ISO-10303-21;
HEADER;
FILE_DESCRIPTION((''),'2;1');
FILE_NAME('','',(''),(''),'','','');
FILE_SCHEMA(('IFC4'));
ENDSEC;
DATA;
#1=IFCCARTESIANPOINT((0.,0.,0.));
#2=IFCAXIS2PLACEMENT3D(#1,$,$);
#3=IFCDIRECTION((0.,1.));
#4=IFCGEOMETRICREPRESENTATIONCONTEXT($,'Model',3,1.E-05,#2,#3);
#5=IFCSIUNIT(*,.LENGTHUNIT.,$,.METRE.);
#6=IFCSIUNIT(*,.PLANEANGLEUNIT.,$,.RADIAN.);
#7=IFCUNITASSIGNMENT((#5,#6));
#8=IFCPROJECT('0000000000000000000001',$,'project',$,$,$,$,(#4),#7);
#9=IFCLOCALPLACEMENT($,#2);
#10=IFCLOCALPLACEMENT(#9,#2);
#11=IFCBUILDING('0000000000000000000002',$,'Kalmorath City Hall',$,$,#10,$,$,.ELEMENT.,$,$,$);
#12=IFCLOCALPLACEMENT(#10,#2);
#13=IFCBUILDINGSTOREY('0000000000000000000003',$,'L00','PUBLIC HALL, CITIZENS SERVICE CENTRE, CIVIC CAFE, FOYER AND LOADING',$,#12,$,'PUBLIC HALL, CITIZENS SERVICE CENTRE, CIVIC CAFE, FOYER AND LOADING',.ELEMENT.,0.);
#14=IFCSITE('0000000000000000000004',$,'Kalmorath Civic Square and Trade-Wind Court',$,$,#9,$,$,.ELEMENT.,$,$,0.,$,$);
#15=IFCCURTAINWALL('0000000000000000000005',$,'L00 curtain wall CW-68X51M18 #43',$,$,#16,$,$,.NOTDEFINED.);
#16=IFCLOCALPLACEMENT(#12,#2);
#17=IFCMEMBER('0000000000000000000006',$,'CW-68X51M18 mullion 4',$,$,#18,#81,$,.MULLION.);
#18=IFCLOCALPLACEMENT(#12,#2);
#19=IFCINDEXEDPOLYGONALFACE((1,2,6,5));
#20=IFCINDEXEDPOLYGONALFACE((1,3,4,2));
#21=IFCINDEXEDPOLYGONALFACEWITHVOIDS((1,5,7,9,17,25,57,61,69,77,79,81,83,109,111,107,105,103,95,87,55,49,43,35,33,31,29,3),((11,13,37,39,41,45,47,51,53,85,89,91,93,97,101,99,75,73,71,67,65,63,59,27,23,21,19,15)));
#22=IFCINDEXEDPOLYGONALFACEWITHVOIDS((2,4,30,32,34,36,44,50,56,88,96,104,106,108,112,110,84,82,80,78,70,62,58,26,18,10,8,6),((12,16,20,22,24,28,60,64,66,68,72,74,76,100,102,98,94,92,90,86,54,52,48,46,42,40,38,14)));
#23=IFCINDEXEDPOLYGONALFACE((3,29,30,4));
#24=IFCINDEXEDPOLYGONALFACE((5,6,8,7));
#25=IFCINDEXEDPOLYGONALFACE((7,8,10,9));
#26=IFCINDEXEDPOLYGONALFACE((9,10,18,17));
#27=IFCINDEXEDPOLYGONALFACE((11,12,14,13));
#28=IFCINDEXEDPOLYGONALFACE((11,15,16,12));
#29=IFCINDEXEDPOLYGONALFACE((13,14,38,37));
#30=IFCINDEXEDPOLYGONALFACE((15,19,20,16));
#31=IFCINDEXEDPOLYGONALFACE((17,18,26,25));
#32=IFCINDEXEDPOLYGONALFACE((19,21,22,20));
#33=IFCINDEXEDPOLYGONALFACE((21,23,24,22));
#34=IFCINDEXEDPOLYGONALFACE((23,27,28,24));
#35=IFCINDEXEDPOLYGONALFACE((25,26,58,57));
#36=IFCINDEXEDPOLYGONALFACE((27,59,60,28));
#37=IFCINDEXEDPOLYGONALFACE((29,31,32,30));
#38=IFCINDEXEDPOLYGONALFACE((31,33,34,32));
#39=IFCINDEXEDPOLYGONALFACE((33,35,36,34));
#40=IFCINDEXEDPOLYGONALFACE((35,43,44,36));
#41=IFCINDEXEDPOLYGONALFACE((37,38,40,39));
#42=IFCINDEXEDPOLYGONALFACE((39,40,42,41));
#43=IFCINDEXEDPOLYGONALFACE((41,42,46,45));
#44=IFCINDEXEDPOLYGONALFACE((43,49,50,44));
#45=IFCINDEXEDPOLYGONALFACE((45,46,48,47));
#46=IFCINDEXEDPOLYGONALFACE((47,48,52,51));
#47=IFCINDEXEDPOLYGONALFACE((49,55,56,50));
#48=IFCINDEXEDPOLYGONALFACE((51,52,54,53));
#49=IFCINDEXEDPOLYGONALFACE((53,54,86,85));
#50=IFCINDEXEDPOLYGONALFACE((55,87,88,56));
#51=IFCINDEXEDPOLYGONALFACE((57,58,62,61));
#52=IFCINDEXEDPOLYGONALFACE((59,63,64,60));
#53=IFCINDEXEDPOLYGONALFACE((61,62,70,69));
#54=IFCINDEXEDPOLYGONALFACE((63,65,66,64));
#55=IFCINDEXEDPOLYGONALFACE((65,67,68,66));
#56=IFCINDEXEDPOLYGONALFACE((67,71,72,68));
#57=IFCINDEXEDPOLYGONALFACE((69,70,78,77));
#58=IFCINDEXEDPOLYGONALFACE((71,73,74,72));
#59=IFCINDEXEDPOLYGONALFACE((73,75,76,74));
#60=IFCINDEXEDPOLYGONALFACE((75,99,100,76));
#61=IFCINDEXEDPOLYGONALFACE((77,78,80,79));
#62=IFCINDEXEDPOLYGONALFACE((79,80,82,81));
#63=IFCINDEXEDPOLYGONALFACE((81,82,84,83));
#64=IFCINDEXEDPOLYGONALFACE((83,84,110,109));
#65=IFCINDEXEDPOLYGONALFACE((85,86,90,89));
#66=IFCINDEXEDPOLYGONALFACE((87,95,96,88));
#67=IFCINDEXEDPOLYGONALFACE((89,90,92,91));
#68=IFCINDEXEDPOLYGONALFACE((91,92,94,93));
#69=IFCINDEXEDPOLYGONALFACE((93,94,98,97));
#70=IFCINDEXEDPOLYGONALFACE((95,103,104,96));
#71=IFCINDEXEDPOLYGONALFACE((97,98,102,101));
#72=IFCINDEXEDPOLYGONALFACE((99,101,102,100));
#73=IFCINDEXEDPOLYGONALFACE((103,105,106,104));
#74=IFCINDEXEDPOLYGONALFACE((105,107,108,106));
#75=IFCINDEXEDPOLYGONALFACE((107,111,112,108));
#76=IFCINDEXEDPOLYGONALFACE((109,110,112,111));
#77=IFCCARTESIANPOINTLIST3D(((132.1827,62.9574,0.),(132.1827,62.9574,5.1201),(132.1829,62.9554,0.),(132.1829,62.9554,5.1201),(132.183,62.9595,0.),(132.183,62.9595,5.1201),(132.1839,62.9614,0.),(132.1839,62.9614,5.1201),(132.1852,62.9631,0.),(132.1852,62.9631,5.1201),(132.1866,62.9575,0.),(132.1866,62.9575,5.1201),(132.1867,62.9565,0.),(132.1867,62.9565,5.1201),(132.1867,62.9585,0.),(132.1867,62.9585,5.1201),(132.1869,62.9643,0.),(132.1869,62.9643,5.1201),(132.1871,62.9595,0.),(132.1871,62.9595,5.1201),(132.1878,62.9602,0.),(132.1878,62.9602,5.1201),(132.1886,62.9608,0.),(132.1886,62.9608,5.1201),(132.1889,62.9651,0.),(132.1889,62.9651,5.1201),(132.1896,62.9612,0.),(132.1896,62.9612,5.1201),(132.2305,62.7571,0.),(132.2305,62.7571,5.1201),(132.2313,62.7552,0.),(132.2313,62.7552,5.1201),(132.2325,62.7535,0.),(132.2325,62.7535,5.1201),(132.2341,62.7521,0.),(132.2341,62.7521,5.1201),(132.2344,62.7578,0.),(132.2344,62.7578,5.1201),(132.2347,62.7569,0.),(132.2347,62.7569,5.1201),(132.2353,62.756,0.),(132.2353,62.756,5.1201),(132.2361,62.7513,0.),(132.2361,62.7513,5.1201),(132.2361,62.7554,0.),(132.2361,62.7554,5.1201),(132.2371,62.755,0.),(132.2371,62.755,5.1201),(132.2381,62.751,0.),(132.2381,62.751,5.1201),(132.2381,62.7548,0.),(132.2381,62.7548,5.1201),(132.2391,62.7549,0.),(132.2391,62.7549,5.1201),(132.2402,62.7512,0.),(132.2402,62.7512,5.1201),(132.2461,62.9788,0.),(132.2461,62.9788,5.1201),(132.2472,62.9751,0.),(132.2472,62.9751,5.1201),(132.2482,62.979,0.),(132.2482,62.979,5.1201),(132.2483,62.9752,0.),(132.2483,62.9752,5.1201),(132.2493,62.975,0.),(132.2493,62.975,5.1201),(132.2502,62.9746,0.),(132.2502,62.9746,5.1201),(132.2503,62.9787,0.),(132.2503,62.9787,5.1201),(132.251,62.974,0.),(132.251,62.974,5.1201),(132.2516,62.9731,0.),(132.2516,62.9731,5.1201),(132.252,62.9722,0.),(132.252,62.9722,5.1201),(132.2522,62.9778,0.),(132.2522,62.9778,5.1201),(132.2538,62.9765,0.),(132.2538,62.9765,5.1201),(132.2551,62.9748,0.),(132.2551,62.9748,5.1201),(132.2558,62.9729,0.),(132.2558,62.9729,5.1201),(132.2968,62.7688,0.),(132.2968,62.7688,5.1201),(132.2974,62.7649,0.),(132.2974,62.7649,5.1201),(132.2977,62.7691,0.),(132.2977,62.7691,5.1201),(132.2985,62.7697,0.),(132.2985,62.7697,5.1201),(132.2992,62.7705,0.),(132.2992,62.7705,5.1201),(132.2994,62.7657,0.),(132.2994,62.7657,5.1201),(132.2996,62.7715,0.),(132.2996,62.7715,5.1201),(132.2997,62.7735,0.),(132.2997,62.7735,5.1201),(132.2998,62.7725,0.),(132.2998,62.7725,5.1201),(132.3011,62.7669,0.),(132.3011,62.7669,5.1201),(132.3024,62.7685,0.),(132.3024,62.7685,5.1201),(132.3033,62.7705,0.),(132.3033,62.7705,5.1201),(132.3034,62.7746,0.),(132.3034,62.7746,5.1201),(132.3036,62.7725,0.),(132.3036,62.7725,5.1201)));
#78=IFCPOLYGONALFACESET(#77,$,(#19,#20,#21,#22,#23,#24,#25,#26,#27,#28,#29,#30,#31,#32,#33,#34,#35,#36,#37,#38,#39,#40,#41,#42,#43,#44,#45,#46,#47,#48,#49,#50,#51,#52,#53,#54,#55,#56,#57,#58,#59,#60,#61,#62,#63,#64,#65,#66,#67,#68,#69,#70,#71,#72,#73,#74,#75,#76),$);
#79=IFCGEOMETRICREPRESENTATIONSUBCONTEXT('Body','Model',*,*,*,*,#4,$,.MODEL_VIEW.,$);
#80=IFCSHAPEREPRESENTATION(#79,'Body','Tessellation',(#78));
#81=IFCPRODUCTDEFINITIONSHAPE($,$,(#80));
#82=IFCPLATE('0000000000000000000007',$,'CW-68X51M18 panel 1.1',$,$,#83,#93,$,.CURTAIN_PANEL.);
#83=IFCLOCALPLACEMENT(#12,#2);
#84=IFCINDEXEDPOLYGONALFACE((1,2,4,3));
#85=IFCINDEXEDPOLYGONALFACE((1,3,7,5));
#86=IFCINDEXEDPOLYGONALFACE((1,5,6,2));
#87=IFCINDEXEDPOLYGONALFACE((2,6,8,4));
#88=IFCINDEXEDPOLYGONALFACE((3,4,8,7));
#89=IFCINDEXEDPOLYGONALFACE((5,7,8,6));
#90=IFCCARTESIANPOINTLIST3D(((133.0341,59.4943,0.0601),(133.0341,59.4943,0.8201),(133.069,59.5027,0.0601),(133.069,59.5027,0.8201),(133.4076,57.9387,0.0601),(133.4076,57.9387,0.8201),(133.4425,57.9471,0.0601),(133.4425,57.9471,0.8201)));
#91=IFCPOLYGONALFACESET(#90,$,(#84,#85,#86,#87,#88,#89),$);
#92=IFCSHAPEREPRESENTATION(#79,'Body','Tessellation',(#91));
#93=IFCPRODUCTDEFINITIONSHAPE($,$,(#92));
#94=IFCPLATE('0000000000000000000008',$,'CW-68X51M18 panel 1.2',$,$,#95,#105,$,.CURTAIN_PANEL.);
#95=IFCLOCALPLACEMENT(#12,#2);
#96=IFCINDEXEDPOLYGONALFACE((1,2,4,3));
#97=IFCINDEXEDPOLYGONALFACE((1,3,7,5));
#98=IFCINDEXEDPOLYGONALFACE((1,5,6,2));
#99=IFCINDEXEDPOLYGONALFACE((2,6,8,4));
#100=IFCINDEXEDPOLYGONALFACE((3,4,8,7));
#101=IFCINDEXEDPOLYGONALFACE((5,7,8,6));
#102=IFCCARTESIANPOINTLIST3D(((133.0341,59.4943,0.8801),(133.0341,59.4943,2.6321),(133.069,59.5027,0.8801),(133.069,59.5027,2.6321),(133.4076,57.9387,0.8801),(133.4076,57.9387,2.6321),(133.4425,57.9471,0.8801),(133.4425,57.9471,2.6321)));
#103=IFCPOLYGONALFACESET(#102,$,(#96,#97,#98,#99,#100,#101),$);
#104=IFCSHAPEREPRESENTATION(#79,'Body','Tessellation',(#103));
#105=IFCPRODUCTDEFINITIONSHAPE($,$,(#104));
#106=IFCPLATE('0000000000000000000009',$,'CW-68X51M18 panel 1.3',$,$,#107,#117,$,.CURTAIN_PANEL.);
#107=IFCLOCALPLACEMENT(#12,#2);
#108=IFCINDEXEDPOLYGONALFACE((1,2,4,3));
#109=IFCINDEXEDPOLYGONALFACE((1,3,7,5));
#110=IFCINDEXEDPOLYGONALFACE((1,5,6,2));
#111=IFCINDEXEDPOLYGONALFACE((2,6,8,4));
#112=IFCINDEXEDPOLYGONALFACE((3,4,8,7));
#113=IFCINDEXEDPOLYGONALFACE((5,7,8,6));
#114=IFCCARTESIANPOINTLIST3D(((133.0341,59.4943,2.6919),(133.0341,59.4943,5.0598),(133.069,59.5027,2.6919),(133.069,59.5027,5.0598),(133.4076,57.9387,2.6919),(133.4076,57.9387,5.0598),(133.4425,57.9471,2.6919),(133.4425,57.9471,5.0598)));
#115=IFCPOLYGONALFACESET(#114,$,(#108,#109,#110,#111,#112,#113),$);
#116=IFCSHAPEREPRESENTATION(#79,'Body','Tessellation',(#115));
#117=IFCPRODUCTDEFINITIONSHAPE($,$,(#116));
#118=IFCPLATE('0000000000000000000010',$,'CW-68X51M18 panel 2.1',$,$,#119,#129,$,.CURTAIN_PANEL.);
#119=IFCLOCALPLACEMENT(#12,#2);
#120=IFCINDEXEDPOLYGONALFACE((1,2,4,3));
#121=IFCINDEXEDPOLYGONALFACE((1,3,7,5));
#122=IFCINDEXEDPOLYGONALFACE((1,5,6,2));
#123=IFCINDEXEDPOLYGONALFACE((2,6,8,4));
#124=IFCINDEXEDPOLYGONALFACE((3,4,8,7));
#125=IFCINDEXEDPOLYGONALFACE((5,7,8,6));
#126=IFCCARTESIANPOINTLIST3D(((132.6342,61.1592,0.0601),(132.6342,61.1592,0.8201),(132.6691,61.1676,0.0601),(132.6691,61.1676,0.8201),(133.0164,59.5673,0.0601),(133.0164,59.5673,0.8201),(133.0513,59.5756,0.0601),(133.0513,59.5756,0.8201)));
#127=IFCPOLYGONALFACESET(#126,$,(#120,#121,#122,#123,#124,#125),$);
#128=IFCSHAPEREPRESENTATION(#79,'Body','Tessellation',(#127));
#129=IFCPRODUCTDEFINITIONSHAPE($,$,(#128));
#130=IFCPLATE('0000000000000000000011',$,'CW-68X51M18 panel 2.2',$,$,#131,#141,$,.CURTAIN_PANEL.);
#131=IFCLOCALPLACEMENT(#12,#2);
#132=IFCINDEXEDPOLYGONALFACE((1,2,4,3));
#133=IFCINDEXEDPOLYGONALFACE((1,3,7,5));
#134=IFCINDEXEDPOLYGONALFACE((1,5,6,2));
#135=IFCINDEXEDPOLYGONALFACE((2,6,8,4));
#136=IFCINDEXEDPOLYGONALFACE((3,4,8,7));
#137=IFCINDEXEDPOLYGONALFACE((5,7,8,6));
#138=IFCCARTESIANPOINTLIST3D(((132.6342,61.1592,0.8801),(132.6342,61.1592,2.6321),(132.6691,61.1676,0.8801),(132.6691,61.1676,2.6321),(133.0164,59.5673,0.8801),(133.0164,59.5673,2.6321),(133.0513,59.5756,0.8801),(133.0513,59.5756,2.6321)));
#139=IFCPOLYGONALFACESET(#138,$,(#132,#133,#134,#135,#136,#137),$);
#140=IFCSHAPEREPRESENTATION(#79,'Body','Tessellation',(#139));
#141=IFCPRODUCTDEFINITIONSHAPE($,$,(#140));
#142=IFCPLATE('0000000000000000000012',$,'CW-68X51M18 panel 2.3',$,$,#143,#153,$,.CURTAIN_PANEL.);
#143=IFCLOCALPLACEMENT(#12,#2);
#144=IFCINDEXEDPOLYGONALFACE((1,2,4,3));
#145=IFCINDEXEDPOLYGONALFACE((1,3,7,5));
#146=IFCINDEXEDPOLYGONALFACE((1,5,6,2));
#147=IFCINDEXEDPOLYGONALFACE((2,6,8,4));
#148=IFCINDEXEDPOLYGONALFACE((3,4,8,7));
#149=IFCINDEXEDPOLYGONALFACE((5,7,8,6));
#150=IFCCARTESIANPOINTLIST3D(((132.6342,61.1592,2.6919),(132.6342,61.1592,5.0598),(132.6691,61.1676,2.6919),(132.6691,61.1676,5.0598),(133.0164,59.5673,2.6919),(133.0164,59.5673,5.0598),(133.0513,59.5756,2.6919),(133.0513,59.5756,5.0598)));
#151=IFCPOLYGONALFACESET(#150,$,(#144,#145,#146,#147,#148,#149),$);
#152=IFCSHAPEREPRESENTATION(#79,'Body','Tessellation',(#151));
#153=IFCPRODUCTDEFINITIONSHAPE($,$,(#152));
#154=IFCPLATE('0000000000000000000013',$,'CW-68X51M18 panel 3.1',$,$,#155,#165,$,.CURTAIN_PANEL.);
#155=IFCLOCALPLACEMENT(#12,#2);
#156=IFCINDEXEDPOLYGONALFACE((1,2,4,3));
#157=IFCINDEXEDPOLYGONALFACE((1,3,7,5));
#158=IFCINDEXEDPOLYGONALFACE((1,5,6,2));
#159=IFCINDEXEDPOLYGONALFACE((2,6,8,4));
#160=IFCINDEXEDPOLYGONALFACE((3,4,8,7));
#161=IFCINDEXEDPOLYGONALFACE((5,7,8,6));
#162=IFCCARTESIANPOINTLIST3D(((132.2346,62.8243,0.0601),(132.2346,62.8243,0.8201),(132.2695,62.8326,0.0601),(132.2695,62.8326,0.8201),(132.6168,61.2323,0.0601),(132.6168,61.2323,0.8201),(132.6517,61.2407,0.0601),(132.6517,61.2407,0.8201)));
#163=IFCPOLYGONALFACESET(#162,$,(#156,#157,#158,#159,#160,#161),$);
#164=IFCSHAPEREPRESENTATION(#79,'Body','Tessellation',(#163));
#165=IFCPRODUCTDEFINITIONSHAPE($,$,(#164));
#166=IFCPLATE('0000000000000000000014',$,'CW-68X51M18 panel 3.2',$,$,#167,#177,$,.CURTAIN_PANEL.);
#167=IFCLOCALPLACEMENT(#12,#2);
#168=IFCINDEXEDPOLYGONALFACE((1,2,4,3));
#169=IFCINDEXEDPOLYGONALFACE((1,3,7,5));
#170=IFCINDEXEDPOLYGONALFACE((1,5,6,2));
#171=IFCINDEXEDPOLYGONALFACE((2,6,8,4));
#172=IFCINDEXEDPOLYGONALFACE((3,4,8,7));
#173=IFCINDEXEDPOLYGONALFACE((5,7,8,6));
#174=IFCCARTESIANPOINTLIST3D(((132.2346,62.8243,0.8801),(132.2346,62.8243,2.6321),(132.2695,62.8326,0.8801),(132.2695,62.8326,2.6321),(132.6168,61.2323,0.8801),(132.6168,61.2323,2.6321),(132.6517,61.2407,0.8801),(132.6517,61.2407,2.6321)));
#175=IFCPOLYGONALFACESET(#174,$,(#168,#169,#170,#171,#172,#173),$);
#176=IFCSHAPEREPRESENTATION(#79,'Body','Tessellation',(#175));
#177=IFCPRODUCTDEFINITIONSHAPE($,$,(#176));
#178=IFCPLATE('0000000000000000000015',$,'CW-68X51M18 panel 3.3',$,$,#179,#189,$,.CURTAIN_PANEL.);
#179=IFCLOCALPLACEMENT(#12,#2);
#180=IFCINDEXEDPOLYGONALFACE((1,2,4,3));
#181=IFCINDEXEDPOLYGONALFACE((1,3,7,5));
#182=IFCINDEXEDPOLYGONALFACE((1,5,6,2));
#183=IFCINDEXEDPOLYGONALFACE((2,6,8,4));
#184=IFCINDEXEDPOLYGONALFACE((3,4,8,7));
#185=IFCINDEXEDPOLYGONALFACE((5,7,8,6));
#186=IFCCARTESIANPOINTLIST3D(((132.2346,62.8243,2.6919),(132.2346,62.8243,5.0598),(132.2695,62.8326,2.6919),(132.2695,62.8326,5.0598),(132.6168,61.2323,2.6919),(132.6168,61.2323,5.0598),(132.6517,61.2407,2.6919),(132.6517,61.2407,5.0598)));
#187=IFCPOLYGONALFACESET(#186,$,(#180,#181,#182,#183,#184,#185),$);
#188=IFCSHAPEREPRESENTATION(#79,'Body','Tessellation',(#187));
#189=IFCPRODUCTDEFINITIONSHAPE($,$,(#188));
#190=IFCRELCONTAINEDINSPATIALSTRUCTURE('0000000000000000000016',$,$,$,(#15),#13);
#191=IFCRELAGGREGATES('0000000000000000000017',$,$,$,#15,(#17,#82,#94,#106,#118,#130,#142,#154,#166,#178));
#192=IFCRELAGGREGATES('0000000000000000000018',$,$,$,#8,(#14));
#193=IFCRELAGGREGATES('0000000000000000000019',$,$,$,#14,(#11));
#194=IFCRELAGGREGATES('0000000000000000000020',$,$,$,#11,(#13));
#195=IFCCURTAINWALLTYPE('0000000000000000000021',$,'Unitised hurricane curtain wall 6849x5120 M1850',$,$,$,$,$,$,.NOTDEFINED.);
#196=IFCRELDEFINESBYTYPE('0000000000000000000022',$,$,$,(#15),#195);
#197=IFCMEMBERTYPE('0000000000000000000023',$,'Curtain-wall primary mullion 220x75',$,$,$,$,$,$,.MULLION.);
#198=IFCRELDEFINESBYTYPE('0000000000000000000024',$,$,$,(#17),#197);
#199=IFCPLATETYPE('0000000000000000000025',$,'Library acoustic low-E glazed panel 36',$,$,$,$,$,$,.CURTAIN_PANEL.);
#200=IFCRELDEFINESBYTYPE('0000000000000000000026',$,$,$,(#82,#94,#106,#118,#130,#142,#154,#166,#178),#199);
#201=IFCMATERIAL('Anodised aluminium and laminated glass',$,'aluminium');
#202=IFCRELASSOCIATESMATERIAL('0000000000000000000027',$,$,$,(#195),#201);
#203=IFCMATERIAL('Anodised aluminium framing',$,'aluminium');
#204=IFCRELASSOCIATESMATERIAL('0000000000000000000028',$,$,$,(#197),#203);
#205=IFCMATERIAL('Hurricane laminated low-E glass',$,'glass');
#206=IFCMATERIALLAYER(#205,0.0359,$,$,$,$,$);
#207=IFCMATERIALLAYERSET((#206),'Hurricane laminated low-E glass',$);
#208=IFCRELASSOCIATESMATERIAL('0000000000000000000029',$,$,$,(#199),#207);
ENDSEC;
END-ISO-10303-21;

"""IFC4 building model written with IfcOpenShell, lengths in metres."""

from ifc_helpers import new_model, si_unit, direction, frame, origin, origin_2d, place, context, subcontext, project, spatial, rectangle, hollow_rectangle, extrude, material, layer, layer_set, material_profile, profile_set, type_object, element, aggregate, save


model = new_model("IFC4")

# Units and contexts
model_context = context("Model", 3, precision=1e-05, world=origin(), true_north=direction((0.0, 1.0)))
body_context = subcontext(model_context, "Body", "Model", "MODEL_VIEW")
ifc_project = project(units=[si_unit("LENGTHUNIT", "METRE"), si_unit("PLANEANGLEUNIT", "RADIAN")], contexts=[model_context])

# Site, building, storey
site_placement = place(None, origin())
site = spatial("IfcSite", under=ifc_project, at=site_placement, Name="Kalmorath Civic Square and Trade-Wind Court", CompositionType="ELEMENT", RefElevation=0.0)
building_placement = place(site_placement, origin())
building = spatial("IfcBuilding", under=site, at=building_placement, Name="Kalmorath City Hall", CompositionType="ELEMENT")
storey_placement = place(building_placement, origin())
storey = spatial("IfcBuildingStorey", under=building, at=storey_placement, Name="L00", Description="PUBLIC HALL, CITIZENS SERVICE CENTRE, CIVIC CAFE, FOYER AND LOADING", LongName="PUBLIC HALL, CITIZENS SERVICE CENTRE, CIVIC CAFE, FOYER AND LOADING", CompositionType="ELEMENT", Elevation=0.0)

# Curtain wall, member, plates
ifc_material_1 = material(Name="Anodised aluminium and laminated glass", Category="aluminium")
curtain_wall_type = type_object("IfcCurtainWallType", Name="Unitised hurricane curtain wall 6849x5120 M1850", PredefinedType="NOTDEFINED", material=ifc_material_1)
curtain_wall_placement = place(storey_placement, origin())
curtain_wall = element("IfcCurtainWall", 1, at=curtain_wall_placement, inside=storey, type_object=curtain_wall_type, Name="L00 curtain wall CW-68X51M18 #43", PredefinedType="NOTDEFINED")
ifc_material_2 = material(Name="Anodised aluminium framing", Category="aluminium")
ifc_material_profile_1 = material_profile(ifc_material_2, hollow_rectangle(XDim=0.075, YDim=0.22, WallThickness=0.0039, InnerFilletRadius=0.0039, OuterFilletRadius=0.0081, at=origin_2d()), Name="ALU-MUL-220X75X4")
ifc_profile_set_1 = profile_set([ifc_material_profile_1], Name="Anodised aluminium framing")
member_type_1 = type_object("IfcMemberType", Name="Curtain-wall primary mullion 220x75", PredefinedType="MULLION", material=ifc_profile_set_1)
member_1_placement = place(storey_placement, frame((132.2432, 62.865, 0.0), z_axis=(0.0, 0.0, 1.0), x_axis=(-0.972367, -0.233456, 0.0)))
member_1 = element("IfcMember", 2, at=member_1_placement, type_object=member_type_1, Name="CW-68X51M18 mullion 4", PredefinedType="MULLION", context=body_context, shape_type="SweptSolid", body=[
    extrude(hollow_rectangle(XDim=0.075, YDim=0.22, WallThickness=0.0039, InnerFilletRadius=0.0039, OuterFilletRadius=0.0081, at=origin_2d()), origin(), (0.0, 0.0, 1.0), 5.1201),
])
ifc_material_3 = material(Name="Hurricane laminated low-E glass", Category="glass")
ifc_layer_1 = layer(ifc_material_3, 0.0359)
ifc_layer_set_1 = layer_set([ifc_layer_1], Name="Hurricane laminated low-E glass")
plate_type = type_object("IfcPlateType", Name="Library acoustic low-E glazed panel 36", PredefinedType="CURTAIN_PANEL", material=ifc_layer_set_1)
plate_1_placement = place(storey_placement, frame((133.2383, 58.7207, 0.0601), z_axis=(0.0, 0.0, 1.0), x_axis=(-0.233456, 0.972367, 0.0)))
plate_1 = element("IfcPlate", 3, at=plate_1_placement, type_object=plate_type, Name="CW-68X51M18 panel 1.1", PredefinedType="CURTAIN_PANEL", context=body_context, shape_type="SweptSolid", body=[
    extrude(rectangle(XDim=1.5999, YDim=0.0359, at=origin_2d()), origin(), (0.0, 0.0, 1.0), 0.76),
])
plate_2_placement = place(storey_placement, frame((133.2383, 58.7207, 0.8801), z_axis=(0.0, 0.0, 1.0), x_axis=(-0.233456, 0.972367, 0.0)))
plate_2 = element("IfcPlate", 4, at=plate_2_placement, type_object=plate_type, Name="CW-68X51M18 panel 1.2", PredefinedType="CURTAIN_PANEL", context=body_context, shape_type="SweptSolid", body=[
    extrude(rectangle(XDim=1.5999, YDim=0.0359, at=origin_2d()), origin(), (0.0, 0.0, 1.0), 1.752),
])
plate_3_placement = place(storey_placement, frame((133.2383, 58.7207, 2.6919), z_axis=(0.0, 0.0, 1.0), x_axis=(-0.233456, 0.972367, 0.0)))
plate_3 = element("IfcPlate", 5, at=plate_3_placement, type_object=plate_type, Name="CW-68X51M18 panel 1.3", PredefinedType="CURTAIN_PANEL", context=body_context, shape_type="SweptSolid", body=[
    extrude(rectangle(XDim=1.5999, YDim=0.0359, at=origin_2d()), origin(), (0.0, 0.0, 1.0), 2.3679),
])
plate_4_placement = place(storey_placement, frame((132.8428, 60.3674, 0.0601), z_axis=(0.0, 0.0, 1.0), x_axis=(-0.233456, 0.972367, 0.0)))
plate_4 = element("IfcPlate", 6, at=plate_4_placement, type_object=plate_type, Name="CW-68X51M18 panel 2.1", PredefinedType="CURTAIN_PANEL", context=body_context, shape_type="SweptSolid", body=[
    extrude(rectangle(XDim=1.6372, YDim=0.0359, at=origin_2d()), origin(), (0.0, 0.0, 1.0), 0.76),
])
plate_5_placement = place(storey_placement, frame((132.8428, 60.3674, 0.8801), z_axis=(0.0, 0.0, 1.0), x_axis=(-0.233456, 0.972367, 0.0)))
plate_5 = element("IfcPlate", 7, at=plate_5_placement, type_object=plate_type, Name="CW-68X51M18 panel 2.2", PredefinedType="CURTAIN_PANEL", context=body_context, shape_type="SweptSolid", body=[
    extrude(rectangle(XDim=1.6372, YDim=0.0359, at=origin_2d()), origin(), (0.0, 0.0, 1.0), 1.752),
])
plate_6_placement = place(storey_placement, frame((132.8428, 60.3674, 2.6919), z_axis=(0.0, 0.0, 1.0), x_axis=(-0.233456, 0.972367, 0.0)))
plate_6 = element("IfcPlate", 8, at=plate_6_placement, type_object=plate_type, Name="CW-68X51M18 panel 2.3", PredefinedType="CURTAIN_PANEL", context=body_context, shape_type="SweptSolid", body=[
    extrude(rectangle(XDim=1.6372, YDim=0.0359, at=origin_2d()), origin(), (0.0, 0.0, 1.0), 2.3679),
])
plate_7_placement = place(storey_placement, frame((132.4431, 62.0325, 0.0601), z_axis=(0.0, 0.0, 1.0), x_axis=(-0.233456, 0.972367, 0.0)))
plate_7 = element("IfcPlate", 9, at=plate_7_placement, type_object=plate_type, Name="CW-68X51M18 panel 3.1", PredefinedType="CURTAIN_PANEL", context=body_context, shape_type="SweptSolid", body=[
    extrude(rectangle(XDim=1.6372, YDim=0.0359, at=origin_2d()), origin(), (0.0, 0.0, 1.0), 0.76),
])
plate_8_placement = place(storey_placement, frame((132.4431, 62.0325, 0.8801), z_axis=(0.0, 0.0, 1.0), x_axis=(-0.233456, 0.972367, 0.0)))
plate_8 = element("IfcPlate", 10, at=plate_8_placement, type_object=plate_type, Name="CW-68X51M18 panel 3.2", PredefinedType="CURTAIN_PANEL", context=body_context, shape_type="SweptSolid", body=[
    extrude(rectangle(XDim=1.6372, YDim=0.0359, at=origin_2d()), origin(), (0.0, 0.0, 1.0), 1.752),
])
plate_9_placement = place(storey_placement, frame((132.4431, 62.0325, 2.6919), z_axis=(0.0, 0.0, 1.0), x_axis=(-0.233456, 0.972367, 0.0)))
plate_9 = element("IfcPlate", 11, at=plate_9_placement, type_object=plate_type, Name="CW-68X51M18 panel 3.3", PredefinedType="CURTAIN_PANEL", context=body_context, shape_type="SweptSolid", body=[
    extrude(rectangle(XDim=1.6372, YDim=0.0359, at=origin_2d()), origin(), (0.0, 0.0, 1.0), 2.3679),
])
aggregate(curtain_wall, [member_1, plate_1, plate_2, plate_3, plate_4, plate_5, plate_6, plate_7, plate_8, plate_9])

save(model, "model.ifc")
